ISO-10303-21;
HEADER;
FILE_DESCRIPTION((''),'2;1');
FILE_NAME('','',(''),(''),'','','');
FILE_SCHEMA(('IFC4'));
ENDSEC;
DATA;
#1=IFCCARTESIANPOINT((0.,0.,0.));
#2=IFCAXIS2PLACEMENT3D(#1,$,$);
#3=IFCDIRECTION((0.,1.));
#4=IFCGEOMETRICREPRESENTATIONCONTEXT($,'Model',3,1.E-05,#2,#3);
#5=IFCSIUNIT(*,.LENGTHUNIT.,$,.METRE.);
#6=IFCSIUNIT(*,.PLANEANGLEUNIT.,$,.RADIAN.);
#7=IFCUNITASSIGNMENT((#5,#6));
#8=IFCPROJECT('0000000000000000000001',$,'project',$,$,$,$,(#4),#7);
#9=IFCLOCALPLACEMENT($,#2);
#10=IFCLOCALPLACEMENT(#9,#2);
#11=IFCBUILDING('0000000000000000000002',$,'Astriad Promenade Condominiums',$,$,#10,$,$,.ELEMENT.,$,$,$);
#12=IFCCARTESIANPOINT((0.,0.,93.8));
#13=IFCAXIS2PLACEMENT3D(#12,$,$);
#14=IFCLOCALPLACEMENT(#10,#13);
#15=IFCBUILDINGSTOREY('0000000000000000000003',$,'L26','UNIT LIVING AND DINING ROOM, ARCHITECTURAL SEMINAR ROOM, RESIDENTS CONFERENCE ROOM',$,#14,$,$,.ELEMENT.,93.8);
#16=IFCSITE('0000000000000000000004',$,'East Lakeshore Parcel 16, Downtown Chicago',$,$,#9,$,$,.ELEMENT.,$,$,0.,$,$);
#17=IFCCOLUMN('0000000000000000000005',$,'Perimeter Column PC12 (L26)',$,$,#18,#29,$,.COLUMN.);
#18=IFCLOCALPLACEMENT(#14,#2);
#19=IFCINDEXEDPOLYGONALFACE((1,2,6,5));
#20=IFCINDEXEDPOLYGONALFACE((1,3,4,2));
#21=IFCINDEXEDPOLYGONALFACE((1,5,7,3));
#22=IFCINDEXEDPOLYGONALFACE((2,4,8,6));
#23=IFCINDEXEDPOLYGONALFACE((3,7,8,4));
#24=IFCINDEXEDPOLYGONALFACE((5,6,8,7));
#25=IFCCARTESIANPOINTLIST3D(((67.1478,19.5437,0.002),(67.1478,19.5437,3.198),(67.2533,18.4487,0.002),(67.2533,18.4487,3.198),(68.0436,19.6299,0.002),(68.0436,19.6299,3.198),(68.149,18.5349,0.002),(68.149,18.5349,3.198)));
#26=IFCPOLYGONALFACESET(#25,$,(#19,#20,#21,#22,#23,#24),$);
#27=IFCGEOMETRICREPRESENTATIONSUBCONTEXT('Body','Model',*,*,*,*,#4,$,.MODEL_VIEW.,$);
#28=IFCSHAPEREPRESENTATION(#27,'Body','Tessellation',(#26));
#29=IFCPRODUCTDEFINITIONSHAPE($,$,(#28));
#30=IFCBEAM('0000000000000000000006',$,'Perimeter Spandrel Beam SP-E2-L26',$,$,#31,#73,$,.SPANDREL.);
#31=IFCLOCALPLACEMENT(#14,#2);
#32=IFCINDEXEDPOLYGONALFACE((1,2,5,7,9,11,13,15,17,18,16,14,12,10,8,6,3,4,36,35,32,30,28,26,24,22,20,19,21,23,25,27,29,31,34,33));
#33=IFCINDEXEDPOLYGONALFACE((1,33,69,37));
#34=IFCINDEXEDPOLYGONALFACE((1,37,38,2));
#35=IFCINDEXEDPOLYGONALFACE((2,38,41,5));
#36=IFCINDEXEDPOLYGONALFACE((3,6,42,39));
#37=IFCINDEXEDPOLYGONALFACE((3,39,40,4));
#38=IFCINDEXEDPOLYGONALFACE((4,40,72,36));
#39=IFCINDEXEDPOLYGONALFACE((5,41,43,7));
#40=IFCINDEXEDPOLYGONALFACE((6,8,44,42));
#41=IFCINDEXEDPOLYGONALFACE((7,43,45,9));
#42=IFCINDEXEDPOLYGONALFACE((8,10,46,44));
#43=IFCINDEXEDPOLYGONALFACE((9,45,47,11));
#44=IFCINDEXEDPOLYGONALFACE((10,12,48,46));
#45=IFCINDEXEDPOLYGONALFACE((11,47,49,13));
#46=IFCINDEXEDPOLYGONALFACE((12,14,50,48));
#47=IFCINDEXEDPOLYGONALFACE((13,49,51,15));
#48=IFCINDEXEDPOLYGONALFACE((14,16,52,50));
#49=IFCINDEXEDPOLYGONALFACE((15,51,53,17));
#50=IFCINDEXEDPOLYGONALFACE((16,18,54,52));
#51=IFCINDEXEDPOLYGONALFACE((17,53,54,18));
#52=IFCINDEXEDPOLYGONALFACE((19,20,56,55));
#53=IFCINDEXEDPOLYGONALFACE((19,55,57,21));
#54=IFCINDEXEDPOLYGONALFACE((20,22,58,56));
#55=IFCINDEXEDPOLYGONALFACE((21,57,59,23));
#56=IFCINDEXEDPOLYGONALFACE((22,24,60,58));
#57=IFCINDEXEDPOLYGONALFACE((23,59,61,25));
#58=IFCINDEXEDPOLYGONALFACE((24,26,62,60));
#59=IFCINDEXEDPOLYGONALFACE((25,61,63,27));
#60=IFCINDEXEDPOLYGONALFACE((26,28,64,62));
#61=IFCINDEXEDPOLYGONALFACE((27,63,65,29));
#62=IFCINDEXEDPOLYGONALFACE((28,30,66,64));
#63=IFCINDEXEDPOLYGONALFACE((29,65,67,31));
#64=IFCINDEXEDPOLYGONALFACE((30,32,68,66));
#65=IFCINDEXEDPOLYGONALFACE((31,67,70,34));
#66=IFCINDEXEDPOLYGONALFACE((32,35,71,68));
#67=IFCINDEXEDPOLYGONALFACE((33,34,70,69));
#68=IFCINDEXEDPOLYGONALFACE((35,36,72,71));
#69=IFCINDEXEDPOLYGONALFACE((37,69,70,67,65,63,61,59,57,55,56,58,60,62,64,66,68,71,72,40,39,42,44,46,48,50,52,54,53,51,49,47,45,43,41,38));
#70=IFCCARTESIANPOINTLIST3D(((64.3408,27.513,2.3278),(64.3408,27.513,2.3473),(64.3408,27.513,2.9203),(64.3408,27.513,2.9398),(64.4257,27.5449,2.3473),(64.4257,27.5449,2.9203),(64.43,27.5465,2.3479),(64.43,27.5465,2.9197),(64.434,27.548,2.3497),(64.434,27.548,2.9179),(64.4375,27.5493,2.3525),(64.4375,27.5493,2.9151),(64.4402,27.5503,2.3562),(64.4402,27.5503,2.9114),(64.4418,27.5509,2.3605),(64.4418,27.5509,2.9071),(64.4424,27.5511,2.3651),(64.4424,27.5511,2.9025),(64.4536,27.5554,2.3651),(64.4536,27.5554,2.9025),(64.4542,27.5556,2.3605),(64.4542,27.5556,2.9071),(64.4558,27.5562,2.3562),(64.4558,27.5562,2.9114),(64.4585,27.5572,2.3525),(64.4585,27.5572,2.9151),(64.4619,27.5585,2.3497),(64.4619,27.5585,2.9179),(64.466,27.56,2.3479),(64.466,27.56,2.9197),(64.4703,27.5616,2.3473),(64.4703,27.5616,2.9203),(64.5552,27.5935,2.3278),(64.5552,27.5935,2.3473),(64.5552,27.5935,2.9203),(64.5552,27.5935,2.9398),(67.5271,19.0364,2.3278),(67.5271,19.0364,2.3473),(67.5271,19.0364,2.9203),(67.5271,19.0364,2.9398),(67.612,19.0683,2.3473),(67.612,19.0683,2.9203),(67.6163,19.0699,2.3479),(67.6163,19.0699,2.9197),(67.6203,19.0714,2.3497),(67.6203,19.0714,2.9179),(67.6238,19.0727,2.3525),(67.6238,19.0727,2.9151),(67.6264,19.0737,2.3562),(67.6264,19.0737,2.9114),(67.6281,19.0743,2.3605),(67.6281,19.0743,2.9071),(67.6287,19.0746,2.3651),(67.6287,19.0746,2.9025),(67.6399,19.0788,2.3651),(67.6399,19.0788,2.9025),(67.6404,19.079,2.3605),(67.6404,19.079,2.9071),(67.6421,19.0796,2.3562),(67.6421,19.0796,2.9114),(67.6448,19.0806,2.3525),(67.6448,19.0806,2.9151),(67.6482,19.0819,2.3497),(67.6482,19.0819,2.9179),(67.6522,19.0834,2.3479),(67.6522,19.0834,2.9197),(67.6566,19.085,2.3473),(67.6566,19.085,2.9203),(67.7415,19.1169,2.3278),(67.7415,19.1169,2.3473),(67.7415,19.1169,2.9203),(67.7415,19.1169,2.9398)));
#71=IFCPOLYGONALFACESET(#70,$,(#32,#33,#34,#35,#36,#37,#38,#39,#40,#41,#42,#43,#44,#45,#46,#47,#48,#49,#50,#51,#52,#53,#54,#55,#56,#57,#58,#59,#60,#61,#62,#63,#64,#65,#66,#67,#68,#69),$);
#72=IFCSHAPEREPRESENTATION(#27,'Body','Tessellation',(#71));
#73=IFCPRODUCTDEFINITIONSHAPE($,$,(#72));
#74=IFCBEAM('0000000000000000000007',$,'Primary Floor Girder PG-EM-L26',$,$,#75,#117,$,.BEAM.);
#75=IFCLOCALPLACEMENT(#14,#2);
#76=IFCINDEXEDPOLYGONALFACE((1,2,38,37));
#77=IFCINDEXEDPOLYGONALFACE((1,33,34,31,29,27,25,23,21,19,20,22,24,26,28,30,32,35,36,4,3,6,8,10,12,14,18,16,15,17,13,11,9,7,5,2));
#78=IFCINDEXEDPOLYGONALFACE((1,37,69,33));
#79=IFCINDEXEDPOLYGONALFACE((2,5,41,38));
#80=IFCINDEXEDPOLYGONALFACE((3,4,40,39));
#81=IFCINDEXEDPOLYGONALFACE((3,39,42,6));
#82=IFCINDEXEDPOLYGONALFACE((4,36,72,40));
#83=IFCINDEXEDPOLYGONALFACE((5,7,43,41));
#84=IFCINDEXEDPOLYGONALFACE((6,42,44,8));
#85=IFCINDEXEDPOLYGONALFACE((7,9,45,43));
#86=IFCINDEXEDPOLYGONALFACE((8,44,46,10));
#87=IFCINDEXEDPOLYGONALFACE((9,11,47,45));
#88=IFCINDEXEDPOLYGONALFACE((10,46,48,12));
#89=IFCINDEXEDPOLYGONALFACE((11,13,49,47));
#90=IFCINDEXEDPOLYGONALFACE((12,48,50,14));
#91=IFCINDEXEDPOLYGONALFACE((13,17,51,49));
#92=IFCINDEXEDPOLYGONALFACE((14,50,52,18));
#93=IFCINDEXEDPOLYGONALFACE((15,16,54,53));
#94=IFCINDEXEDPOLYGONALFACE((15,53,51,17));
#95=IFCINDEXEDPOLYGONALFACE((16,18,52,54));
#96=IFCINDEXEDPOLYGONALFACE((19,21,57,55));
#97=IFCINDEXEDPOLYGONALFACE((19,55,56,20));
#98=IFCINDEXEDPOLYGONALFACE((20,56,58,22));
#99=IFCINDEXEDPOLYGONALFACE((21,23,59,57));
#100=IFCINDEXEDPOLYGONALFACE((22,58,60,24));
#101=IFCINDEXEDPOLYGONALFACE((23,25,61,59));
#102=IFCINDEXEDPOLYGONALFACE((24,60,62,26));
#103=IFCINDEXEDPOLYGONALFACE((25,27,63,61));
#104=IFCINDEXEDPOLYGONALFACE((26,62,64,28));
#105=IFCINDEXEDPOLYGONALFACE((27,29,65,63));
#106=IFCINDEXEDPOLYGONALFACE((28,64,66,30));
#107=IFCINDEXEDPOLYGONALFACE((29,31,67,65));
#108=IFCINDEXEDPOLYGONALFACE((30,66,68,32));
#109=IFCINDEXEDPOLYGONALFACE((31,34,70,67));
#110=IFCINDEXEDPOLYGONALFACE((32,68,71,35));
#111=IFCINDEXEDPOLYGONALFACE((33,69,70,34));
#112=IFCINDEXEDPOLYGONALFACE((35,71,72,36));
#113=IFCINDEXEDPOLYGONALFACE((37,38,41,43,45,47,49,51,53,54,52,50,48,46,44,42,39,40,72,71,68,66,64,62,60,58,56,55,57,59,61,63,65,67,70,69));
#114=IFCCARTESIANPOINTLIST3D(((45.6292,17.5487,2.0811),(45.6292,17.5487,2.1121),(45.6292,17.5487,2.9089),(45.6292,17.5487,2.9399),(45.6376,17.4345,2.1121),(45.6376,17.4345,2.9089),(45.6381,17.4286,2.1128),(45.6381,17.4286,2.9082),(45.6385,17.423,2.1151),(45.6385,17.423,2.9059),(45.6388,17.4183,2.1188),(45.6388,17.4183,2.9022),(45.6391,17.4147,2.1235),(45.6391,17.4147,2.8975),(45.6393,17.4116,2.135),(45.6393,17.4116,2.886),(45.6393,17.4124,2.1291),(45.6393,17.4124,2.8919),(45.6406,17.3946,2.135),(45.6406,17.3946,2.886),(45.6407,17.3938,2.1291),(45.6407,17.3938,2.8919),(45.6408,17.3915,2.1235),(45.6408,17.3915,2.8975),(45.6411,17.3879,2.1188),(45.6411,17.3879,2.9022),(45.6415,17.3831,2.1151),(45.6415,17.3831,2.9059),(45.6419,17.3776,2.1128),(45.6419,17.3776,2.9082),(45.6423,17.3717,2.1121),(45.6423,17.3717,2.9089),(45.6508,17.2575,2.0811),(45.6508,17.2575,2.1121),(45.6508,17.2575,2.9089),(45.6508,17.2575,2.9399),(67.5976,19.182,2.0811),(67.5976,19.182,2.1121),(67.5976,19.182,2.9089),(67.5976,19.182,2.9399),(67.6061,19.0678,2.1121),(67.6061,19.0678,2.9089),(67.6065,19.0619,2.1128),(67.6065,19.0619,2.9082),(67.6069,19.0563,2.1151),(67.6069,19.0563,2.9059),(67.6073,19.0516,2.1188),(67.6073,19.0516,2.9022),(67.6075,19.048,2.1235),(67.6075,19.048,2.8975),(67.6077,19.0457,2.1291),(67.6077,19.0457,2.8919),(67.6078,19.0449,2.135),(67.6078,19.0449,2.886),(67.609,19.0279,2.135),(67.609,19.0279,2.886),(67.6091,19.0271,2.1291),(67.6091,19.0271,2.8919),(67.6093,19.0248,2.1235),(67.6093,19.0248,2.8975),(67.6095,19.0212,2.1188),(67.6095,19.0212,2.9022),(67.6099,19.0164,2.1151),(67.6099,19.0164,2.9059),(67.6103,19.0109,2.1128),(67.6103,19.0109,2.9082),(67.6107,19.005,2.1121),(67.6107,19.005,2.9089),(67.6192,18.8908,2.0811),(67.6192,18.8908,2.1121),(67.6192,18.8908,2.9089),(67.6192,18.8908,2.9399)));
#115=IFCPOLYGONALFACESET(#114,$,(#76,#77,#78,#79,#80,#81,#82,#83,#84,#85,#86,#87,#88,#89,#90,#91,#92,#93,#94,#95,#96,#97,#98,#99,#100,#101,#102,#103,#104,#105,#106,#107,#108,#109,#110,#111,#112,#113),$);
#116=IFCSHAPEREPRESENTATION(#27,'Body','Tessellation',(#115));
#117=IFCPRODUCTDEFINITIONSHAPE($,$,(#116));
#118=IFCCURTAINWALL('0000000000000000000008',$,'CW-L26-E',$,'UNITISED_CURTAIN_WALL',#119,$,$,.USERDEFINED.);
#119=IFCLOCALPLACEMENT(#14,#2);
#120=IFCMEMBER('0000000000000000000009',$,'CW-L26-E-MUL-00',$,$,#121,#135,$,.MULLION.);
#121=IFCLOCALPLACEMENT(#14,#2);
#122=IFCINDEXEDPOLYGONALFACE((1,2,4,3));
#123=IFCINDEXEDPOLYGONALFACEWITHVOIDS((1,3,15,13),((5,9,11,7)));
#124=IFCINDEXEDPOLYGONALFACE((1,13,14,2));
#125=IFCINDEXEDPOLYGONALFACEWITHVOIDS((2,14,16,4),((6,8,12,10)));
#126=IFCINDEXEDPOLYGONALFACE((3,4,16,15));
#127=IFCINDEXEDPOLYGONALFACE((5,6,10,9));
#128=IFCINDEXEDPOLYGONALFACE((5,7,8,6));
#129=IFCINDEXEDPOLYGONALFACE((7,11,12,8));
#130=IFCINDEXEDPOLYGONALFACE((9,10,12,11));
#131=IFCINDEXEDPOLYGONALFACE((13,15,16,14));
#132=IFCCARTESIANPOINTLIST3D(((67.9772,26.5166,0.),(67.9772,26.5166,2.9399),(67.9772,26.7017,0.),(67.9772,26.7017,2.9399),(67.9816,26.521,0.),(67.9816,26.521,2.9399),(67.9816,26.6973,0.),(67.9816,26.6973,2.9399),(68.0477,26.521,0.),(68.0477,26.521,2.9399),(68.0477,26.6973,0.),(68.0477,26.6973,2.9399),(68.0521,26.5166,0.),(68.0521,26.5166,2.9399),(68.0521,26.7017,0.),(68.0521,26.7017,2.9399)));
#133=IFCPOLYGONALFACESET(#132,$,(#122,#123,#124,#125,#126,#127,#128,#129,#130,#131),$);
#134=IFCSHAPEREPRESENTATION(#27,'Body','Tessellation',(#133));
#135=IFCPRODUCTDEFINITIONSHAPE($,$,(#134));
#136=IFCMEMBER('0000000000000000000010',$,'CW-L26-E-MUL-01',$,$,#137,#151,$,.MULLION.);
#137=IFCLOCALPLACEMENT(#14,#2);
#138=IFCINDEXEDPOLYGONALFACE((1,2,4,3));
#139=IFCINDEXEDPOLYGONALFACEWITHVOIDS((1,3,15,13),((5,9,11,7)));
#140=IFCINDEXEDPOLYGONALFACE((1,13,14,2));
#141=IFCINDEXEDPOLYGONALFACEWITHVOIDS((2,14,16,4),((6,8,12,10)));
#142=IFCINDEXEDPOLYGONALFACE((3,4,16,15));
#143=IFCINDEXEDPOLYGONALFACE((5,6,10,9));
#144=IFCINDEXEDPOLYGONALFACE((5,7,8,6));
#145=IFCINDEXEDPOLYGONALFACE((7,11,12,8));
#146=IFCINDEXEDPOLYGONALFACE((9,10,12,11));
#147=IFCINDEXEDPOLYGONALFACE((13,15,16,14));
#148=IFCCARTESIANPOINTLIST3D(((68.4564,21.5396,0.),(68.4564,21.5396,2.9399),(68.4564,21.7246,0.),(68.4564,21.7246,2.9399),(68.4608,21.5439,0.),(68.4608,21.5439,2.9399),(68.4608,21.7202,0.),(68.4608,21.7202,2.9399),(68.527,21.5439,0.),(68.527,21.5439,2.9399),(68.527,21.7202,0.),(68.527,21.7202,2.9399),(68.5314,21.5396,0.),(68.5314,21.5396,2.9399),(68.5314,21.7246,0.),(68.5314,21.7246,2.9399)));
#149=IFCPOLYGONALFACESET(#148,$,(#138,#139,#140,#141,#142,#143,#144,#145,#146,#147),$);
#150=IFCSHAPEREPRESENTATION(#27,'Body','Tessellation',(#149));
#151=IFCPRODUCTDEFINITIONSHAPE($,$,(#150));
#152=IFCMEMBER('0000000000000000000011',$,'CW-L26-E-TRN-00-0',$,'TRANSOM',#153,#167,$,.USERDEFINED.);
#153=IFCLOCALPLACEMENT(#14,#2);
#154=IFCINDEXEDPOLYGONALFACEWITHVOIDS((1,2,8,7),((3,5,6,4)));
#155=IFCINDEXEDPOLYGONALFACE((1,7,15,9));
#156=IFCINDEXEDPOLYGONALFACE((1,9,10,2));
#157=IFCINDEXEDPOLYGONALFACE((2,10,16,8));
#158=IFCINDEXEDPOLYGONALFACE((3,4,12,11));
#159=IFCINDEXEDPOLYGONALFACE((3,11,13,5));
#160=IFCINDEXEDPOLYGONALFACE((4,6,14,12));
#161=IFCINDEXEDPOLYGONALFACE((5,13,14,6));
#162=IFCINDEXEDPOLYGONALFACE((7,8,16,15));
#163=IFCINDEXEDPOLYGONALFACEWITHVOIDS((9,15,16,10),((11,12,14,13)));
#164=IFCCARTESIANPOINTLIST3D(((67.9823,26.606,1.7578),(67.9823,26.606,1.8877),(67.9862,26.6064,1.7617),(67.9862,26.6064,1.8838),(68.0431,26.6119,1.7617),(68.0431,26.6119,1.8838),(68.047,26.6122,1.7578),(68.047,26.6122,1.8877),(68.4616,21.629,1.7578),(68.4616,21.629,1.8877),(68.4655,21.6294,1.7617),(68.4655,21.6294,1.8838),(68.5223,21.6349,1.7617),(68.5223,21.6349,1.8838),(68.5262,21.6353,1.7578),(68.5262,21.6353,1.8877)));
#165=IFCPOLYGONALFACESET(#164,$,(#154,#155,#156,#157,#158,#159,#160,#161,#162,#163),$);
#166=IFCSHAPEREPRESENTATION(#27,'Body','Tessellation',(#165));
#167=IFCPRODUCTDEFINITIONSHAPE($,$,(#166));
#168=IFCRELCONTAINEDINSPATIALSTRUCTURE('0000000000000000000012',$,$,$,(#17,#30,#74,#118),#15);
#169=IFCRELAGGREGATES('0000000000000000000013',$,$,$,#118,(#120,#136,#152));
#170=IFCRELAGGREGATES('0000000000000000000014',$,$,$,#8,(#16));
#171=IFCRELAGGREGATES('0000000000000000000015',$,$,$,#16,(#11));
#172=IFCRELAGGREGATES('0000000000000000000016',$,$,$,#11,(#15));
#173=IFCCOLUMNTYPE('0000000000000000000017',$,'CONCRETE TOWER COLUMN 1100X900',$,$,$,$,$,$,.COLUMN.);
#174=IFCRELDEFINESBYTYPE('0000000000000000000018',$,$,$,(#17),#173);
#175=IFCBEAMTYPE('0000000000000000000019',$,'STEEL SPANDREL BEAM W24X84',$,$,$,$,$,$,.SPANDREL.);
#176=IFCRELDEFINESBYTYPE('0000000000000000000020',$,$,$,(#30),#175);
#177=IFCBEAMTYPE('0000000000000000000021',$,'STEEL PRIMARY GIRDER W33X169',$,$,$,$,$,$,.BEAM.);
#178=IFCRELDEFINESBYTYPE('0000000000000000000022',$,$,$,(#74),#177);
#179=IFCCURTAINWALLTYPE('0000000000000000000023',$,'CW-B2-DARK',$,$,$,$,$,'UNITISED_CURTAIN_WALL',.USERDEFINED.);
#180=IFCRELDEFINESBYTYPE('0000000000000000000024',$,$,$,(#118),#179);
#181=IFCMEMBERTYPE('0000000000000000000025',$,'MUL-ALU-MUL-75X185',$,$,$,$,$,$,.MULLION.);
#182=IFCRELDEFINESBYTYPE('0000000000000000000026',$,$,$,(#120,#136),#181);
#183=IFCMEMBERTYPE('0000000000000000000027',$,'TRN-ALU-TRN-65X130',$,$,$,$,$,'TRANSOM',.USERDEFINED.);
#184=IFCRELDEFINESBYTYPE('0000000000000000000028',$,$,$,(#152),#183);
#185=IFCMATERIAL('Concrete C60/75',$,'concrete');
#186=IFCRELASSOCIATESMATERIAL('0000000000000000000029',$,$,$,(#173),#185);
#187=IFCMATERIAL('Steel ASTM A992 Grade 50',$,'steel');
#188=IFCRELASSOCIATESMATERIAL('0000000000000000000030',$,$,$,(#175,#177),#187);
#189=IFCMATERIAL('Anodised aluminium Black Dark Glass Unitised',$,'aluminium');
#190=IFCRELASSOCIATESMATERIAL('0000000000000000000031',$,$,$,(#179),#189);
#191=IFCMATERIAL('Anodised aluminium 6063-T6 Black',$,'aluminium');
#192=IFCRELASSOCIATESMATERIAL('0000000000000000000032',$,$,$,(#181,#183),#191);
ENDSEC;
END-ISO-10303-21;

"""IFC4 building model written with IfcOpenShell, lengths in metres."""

from ifc_helpers import new_model, si_unit, direction, frame, origin, origin_2d, place, context, subcontext, project, spatial, rectangle, hollow_rectangle, i_section, extrude, source, transform, mapped, material, material_profile, profile_set, type_object, type_shapes, element, aggregate, save


model = new_model("IFC4")

# Units and contexts
model_context = context("Model", 3, precision=1e-05, world=origin(), true_north=direction((0.0, 1.0)))
body_context = subcontext(model_context, "Body", "Model", "MODEL_VIEW")
ifc_project = project(units=[si_unit("LENGTHUNIT", "METRE"), si_unit("PLANEANGLEUNIT", "RADIAN")], contexts=[model_context])

# Site, building, storey
site_placement = place(None, origin())
site = spatial("IfcSite", under=ifc_project, at=site_placement, Name="East Lakeshore Parcel 16, Downtown Chicago", CompositionType="ELEMENT", RefElevation=0.0)
building_placement = place(site_placement, origin())
building = spatial("IfcBuilding", under=site, at=building_placement, Name="Astriad Promenade Condominiums", CompositionType="ELEMENT")
storey_placement = place(building_placement, frame((0.0, 0.0, 93.8)))
storey = spatial("IfcBuildingStorey", under=building, at=storey_placement, Name="L26", Description="UNIT LIVING AND DINING ROOM, ARCHITECTURAL SEMINAR ROOM, RESIDENTS CONFERENCE ROOM", CompositionType="ELEMENT", Elevation=93.8)

# Column
ifc_material_1 = material(Name="Concrete C60/75", Category="concrete")
ifc_material_profile_1 = material_profile(ifc_material_1, rectangle(XDim=0.8999, YDim=1.1001, at=origin_2d()), Name="RC-COL-1100X900")
ifc_profile_set_1 = profile_set([ifc_material_profile_1], Name="Concrete C60/75")
column_type = type_object("IfcColumnType", Name="CONCRETE TOWER COLUMN 1100X900", PredefinedType="COLUMN", material=ifc_profile_set_1)
shared_shape_1 = source(origin(), body_context, "Body", "SweptSolid", [
    extrude(rectangle(XDim=0.8999, YDim=1.1001, at=origin_2d()), origin(), (0.0, 0.0, 1.0), 3.196),
])
type_shapes(column_type, [shared_shape_1])
column_placement = place(storey_placement, frame((67.6484, 19.0393, 0.002), z_axis=(0.0, 0.0, 1.0), x_axis=(0.995396, 0.095846, 0.0)))
element("IfcColumn", 1, at=column_placement, inside=storey, type_object=column_type, Name="Perimeter Column PC12 (L26)", PredefinedType="COLUMN", context=body_context, shape_type="MappedRepresentation", body=[
    mapped(shared_shape_1, transform((0.0, 0.0, 0.0), scale=1.0)),
])

# Beams
ifc_material_2 = material(Name="Steel ASTM A992 Grade 50", Category="steel")
ifc_material_profile_2 = material_profile(ifc_material_2, i_section(OverallWidth=0.229, OverallDepth=0.6121, WebThickness=0.012, FlangeThickness=0.0195, FilletRadius=0.0178, at=origin_2d()), Name="W24X84")
ifc_profile_set_2 = profile_set([ifc_material_profile_2], Name="Steel ASTM A992 Grade 50")
beam_type_1 = type_object("IfcBeamType", Name="STEEL SPANDREL BEAM W24X84", PredefinedType="SPANDREL", material=ifc_profile_set_2)
shared_shape_2 = source(origin(), body_context, "Body", "SweptSolid", [
    extrude(i_section(OverallWidth=0.229, OverallDepth=0.6121, WebThickness=0.012, FlangeThickness=0.0195, FilletRadius=0.0178, at=origin_2d()), origin(), (0.0, 0.0, 1.0), 9.0557),
])
type_shapes(beam_type_1, [shared_shape_2])
beam_1_placement = place(storey_placement, frame((67.6343, 19.0767, 2.6338), z_axis=(-0.351856, 0.936054, 0.0), x_axis=(-0.936054, -0.351856, 0.0)))
element("IfcBeam", 2, at=beam_1_placement, inside=storey, type_object=beam_type_1, Name="Perimeter Spandrel Beam SP-E2-L26", PredefinedType="SPANDREL", context=body_context, shape_type="MappedRepresentation", body=[
    mapped(shared_shape_2, transform((0.0, 0.0, 0.0), scale=1.0)),
])
ifc_material_profile_3 = material_profile(ifc_material_2, i_section(OverallWidth=0.292, OverallDepth=0.8589, WebThickness=0.0171, FlangeThickness=0.031, FilletRadius=0.0229, at=origin_2d()), Name="W33X169")
ifc_profile_set_3 = profile_set([ifc_material_profile_3], Name="Steel ASTM A992 Grade 50")
beam_type_2 = type_object("IfcBeamType", Name="STEEL PRIMARY GIRDER W33X169", PredefinedType="BEAM", material=ifc_profile_set_3)
shared_shape_3 = source(origin(), body_context, "Body", "SweptSolid", [
    extrude(i_section(OverallWidth=0.292, OverallDepth=0.8589, WebThickness=0.0171, FlangeThickness=0.031, FilletRadius=0.0229, at=origin_2d()), origin(), (0.0, 0.0, 1.0), 22.0291),
])
type_shapes(beam_type_2, [shared_shape_3])
beam_2_placement = place(storey_placement, frame((67.6084, 19.0364, 2.5105), z_axis=(-0.997248, -0.074143, 0.0), x_axis=(0.074143, -0.997248, 0.0)))
element("IfcBeam", 3, at=beam_2_placement, inside=storey, type_object=beam_type_2, Name="Primary Floor Girder PG-EM-L26", PredefinedType="BEAM", context=body_context, shape_type="MappedRepresentation", body=[
    mapped(shared_shape_3, transform((0.0, 0.0, 0.0), scale=1.0)),
])

# Curtain wall, members
ifc_material_3 = material(Name="Anodised aluminium Black Dark Glass Unitised", Category="aluminium")
curtain_wall_type = type_object("IfcCurtainWallType", Name="CW-B2-DARK", ElementType="UNITISED_CURTAIN_WALL", PredefinedType="USERDEFINED", material=ifc_material_3)
curtain_wall_placement = place(storey_placement, origin())
curtain_wall = element("IfcCurtainWall", 4, at=curtain_wall_placement, inside=storey, type_object=curtain_wall_type, Name="CW-L26-E", ObjectType="UNITISED_CURTAIN_WALL", PredefinedType="USERDEFINED")
ifc_material_4 = material(Name="Anodised aluminium 6063-T6 Black", Category="aluminium")
ifc_material_profile_4 = material_profile(ifc_material_4, hollow_rectangle(XDim=0.075, YDim=0.1851, WallThickness=0.0044, at=origin_2d()), Name="ALU-MUL-75X185")
ifc_profile_set_4 = profile_set([ifc_material_profile_4], Name="Anodised aluminium 6063-T6 Black")
member_type_1 = type_object("IfcMemberType", Name="MUL-ALU-MUL-75X185", PredefinedType="MULLION", material=ifc_profile_set_4)
shared_shape_4 = source(origin(), body_context, "Body", "SweptSolid", [
    extrude(hollow_rectangle(XDim=0.075, YDim=0.1851, WallThickness=0.0044, at=origin_2d()), origin(), (0.0, 0.0, 1.0), 2.9399),
])
type_shapes(member_type_1, [shared_shape_4])
member_1_placement = place(storey_placement, frame((68.0146, 26.6091, 0.0), z_axis=(0.0, 0.0, 1.0), x_axis=(1.0, 0.0, 0.0)))
member_1 = element("IfcMember", 5, at=member_1_placement, type_object=member_type_1, Name="CW-L26-E-MUL-00", PredefinedType="MULLION", context=body_context, shape_type="MappedRepresentation", body=[
    mapped(shared_shape_4, transform((0.0, 0.0, 0.0), scale=1.0)),
])
member_2_placement = place(storey_placement, frame((68.4939, 21.6321, 0.0), z_axis=(0.0, 0.0, 1.0), x_axis=(1.0, 0.0, 0.0)))
member_2 = element("IfcMember", 6, at=member_2_placement, type_object=member_type_1, Name="CW-L26-E-MUL-01", PredefinedType="MULLION", context=body_context, shape_type="MappedRepresentation", body=[
    mapped(shared_shape_4, transform((0.0, 0.0, 0.0), scale=1.0)),
])
ifc_material_profile_5 = material_profile(ifc_material_4, hollow_rectangle(XDim=0.0649, YDim=0.1299, WallThickness=0.0039, at=origin_2d()), Name="ALU-TRN-65X130")
ifc_profile_set_5 = profile_set([ifc_material_profile_5], Name="Anodised aluminium 6063-T6 Black")
member_type_2 = type_object("IfcMemberType", Name="TRN-ALU-TRN-65X130", ElementType="TRANSOM", PredefinedType="USERDEFINED", material=ifc_profile_set_5)
shared_shape_5 = source(origin(), body_context, "Body", "SweptSolid", [
    extrude(hollow_rectangle(XDim=0.0649, YDim=0.1299, WallThickness=0.0039, at=origin_2d()), origin(), (0.0, 0.0, 1.0), 5.0),
])
member_3_placement = place(storey_placement, frame((68.0146, 26.6091, 1.8228), z_axis=(0.095848, -0.995396, 0.0), x_axis=(0.995396, 0.095848, 0.0)))
member_3 = element("IfcMember", 7, at=member_3_placement, type_object=member_type_2, Name="CW-L26-E-TRN-00-0", ObjectType="TRANSOM", PredefinedType="USERDEFINED", context=body_context, shape_type="MappedRepresentation", body=[
    mapped(shared_shape_5, transform((0.0, 0.0, 0.0), scale=1.0)),
])
aggregate(curtain_wall, [member_1, member_2, member_3])

save(model, "model.ifc")
